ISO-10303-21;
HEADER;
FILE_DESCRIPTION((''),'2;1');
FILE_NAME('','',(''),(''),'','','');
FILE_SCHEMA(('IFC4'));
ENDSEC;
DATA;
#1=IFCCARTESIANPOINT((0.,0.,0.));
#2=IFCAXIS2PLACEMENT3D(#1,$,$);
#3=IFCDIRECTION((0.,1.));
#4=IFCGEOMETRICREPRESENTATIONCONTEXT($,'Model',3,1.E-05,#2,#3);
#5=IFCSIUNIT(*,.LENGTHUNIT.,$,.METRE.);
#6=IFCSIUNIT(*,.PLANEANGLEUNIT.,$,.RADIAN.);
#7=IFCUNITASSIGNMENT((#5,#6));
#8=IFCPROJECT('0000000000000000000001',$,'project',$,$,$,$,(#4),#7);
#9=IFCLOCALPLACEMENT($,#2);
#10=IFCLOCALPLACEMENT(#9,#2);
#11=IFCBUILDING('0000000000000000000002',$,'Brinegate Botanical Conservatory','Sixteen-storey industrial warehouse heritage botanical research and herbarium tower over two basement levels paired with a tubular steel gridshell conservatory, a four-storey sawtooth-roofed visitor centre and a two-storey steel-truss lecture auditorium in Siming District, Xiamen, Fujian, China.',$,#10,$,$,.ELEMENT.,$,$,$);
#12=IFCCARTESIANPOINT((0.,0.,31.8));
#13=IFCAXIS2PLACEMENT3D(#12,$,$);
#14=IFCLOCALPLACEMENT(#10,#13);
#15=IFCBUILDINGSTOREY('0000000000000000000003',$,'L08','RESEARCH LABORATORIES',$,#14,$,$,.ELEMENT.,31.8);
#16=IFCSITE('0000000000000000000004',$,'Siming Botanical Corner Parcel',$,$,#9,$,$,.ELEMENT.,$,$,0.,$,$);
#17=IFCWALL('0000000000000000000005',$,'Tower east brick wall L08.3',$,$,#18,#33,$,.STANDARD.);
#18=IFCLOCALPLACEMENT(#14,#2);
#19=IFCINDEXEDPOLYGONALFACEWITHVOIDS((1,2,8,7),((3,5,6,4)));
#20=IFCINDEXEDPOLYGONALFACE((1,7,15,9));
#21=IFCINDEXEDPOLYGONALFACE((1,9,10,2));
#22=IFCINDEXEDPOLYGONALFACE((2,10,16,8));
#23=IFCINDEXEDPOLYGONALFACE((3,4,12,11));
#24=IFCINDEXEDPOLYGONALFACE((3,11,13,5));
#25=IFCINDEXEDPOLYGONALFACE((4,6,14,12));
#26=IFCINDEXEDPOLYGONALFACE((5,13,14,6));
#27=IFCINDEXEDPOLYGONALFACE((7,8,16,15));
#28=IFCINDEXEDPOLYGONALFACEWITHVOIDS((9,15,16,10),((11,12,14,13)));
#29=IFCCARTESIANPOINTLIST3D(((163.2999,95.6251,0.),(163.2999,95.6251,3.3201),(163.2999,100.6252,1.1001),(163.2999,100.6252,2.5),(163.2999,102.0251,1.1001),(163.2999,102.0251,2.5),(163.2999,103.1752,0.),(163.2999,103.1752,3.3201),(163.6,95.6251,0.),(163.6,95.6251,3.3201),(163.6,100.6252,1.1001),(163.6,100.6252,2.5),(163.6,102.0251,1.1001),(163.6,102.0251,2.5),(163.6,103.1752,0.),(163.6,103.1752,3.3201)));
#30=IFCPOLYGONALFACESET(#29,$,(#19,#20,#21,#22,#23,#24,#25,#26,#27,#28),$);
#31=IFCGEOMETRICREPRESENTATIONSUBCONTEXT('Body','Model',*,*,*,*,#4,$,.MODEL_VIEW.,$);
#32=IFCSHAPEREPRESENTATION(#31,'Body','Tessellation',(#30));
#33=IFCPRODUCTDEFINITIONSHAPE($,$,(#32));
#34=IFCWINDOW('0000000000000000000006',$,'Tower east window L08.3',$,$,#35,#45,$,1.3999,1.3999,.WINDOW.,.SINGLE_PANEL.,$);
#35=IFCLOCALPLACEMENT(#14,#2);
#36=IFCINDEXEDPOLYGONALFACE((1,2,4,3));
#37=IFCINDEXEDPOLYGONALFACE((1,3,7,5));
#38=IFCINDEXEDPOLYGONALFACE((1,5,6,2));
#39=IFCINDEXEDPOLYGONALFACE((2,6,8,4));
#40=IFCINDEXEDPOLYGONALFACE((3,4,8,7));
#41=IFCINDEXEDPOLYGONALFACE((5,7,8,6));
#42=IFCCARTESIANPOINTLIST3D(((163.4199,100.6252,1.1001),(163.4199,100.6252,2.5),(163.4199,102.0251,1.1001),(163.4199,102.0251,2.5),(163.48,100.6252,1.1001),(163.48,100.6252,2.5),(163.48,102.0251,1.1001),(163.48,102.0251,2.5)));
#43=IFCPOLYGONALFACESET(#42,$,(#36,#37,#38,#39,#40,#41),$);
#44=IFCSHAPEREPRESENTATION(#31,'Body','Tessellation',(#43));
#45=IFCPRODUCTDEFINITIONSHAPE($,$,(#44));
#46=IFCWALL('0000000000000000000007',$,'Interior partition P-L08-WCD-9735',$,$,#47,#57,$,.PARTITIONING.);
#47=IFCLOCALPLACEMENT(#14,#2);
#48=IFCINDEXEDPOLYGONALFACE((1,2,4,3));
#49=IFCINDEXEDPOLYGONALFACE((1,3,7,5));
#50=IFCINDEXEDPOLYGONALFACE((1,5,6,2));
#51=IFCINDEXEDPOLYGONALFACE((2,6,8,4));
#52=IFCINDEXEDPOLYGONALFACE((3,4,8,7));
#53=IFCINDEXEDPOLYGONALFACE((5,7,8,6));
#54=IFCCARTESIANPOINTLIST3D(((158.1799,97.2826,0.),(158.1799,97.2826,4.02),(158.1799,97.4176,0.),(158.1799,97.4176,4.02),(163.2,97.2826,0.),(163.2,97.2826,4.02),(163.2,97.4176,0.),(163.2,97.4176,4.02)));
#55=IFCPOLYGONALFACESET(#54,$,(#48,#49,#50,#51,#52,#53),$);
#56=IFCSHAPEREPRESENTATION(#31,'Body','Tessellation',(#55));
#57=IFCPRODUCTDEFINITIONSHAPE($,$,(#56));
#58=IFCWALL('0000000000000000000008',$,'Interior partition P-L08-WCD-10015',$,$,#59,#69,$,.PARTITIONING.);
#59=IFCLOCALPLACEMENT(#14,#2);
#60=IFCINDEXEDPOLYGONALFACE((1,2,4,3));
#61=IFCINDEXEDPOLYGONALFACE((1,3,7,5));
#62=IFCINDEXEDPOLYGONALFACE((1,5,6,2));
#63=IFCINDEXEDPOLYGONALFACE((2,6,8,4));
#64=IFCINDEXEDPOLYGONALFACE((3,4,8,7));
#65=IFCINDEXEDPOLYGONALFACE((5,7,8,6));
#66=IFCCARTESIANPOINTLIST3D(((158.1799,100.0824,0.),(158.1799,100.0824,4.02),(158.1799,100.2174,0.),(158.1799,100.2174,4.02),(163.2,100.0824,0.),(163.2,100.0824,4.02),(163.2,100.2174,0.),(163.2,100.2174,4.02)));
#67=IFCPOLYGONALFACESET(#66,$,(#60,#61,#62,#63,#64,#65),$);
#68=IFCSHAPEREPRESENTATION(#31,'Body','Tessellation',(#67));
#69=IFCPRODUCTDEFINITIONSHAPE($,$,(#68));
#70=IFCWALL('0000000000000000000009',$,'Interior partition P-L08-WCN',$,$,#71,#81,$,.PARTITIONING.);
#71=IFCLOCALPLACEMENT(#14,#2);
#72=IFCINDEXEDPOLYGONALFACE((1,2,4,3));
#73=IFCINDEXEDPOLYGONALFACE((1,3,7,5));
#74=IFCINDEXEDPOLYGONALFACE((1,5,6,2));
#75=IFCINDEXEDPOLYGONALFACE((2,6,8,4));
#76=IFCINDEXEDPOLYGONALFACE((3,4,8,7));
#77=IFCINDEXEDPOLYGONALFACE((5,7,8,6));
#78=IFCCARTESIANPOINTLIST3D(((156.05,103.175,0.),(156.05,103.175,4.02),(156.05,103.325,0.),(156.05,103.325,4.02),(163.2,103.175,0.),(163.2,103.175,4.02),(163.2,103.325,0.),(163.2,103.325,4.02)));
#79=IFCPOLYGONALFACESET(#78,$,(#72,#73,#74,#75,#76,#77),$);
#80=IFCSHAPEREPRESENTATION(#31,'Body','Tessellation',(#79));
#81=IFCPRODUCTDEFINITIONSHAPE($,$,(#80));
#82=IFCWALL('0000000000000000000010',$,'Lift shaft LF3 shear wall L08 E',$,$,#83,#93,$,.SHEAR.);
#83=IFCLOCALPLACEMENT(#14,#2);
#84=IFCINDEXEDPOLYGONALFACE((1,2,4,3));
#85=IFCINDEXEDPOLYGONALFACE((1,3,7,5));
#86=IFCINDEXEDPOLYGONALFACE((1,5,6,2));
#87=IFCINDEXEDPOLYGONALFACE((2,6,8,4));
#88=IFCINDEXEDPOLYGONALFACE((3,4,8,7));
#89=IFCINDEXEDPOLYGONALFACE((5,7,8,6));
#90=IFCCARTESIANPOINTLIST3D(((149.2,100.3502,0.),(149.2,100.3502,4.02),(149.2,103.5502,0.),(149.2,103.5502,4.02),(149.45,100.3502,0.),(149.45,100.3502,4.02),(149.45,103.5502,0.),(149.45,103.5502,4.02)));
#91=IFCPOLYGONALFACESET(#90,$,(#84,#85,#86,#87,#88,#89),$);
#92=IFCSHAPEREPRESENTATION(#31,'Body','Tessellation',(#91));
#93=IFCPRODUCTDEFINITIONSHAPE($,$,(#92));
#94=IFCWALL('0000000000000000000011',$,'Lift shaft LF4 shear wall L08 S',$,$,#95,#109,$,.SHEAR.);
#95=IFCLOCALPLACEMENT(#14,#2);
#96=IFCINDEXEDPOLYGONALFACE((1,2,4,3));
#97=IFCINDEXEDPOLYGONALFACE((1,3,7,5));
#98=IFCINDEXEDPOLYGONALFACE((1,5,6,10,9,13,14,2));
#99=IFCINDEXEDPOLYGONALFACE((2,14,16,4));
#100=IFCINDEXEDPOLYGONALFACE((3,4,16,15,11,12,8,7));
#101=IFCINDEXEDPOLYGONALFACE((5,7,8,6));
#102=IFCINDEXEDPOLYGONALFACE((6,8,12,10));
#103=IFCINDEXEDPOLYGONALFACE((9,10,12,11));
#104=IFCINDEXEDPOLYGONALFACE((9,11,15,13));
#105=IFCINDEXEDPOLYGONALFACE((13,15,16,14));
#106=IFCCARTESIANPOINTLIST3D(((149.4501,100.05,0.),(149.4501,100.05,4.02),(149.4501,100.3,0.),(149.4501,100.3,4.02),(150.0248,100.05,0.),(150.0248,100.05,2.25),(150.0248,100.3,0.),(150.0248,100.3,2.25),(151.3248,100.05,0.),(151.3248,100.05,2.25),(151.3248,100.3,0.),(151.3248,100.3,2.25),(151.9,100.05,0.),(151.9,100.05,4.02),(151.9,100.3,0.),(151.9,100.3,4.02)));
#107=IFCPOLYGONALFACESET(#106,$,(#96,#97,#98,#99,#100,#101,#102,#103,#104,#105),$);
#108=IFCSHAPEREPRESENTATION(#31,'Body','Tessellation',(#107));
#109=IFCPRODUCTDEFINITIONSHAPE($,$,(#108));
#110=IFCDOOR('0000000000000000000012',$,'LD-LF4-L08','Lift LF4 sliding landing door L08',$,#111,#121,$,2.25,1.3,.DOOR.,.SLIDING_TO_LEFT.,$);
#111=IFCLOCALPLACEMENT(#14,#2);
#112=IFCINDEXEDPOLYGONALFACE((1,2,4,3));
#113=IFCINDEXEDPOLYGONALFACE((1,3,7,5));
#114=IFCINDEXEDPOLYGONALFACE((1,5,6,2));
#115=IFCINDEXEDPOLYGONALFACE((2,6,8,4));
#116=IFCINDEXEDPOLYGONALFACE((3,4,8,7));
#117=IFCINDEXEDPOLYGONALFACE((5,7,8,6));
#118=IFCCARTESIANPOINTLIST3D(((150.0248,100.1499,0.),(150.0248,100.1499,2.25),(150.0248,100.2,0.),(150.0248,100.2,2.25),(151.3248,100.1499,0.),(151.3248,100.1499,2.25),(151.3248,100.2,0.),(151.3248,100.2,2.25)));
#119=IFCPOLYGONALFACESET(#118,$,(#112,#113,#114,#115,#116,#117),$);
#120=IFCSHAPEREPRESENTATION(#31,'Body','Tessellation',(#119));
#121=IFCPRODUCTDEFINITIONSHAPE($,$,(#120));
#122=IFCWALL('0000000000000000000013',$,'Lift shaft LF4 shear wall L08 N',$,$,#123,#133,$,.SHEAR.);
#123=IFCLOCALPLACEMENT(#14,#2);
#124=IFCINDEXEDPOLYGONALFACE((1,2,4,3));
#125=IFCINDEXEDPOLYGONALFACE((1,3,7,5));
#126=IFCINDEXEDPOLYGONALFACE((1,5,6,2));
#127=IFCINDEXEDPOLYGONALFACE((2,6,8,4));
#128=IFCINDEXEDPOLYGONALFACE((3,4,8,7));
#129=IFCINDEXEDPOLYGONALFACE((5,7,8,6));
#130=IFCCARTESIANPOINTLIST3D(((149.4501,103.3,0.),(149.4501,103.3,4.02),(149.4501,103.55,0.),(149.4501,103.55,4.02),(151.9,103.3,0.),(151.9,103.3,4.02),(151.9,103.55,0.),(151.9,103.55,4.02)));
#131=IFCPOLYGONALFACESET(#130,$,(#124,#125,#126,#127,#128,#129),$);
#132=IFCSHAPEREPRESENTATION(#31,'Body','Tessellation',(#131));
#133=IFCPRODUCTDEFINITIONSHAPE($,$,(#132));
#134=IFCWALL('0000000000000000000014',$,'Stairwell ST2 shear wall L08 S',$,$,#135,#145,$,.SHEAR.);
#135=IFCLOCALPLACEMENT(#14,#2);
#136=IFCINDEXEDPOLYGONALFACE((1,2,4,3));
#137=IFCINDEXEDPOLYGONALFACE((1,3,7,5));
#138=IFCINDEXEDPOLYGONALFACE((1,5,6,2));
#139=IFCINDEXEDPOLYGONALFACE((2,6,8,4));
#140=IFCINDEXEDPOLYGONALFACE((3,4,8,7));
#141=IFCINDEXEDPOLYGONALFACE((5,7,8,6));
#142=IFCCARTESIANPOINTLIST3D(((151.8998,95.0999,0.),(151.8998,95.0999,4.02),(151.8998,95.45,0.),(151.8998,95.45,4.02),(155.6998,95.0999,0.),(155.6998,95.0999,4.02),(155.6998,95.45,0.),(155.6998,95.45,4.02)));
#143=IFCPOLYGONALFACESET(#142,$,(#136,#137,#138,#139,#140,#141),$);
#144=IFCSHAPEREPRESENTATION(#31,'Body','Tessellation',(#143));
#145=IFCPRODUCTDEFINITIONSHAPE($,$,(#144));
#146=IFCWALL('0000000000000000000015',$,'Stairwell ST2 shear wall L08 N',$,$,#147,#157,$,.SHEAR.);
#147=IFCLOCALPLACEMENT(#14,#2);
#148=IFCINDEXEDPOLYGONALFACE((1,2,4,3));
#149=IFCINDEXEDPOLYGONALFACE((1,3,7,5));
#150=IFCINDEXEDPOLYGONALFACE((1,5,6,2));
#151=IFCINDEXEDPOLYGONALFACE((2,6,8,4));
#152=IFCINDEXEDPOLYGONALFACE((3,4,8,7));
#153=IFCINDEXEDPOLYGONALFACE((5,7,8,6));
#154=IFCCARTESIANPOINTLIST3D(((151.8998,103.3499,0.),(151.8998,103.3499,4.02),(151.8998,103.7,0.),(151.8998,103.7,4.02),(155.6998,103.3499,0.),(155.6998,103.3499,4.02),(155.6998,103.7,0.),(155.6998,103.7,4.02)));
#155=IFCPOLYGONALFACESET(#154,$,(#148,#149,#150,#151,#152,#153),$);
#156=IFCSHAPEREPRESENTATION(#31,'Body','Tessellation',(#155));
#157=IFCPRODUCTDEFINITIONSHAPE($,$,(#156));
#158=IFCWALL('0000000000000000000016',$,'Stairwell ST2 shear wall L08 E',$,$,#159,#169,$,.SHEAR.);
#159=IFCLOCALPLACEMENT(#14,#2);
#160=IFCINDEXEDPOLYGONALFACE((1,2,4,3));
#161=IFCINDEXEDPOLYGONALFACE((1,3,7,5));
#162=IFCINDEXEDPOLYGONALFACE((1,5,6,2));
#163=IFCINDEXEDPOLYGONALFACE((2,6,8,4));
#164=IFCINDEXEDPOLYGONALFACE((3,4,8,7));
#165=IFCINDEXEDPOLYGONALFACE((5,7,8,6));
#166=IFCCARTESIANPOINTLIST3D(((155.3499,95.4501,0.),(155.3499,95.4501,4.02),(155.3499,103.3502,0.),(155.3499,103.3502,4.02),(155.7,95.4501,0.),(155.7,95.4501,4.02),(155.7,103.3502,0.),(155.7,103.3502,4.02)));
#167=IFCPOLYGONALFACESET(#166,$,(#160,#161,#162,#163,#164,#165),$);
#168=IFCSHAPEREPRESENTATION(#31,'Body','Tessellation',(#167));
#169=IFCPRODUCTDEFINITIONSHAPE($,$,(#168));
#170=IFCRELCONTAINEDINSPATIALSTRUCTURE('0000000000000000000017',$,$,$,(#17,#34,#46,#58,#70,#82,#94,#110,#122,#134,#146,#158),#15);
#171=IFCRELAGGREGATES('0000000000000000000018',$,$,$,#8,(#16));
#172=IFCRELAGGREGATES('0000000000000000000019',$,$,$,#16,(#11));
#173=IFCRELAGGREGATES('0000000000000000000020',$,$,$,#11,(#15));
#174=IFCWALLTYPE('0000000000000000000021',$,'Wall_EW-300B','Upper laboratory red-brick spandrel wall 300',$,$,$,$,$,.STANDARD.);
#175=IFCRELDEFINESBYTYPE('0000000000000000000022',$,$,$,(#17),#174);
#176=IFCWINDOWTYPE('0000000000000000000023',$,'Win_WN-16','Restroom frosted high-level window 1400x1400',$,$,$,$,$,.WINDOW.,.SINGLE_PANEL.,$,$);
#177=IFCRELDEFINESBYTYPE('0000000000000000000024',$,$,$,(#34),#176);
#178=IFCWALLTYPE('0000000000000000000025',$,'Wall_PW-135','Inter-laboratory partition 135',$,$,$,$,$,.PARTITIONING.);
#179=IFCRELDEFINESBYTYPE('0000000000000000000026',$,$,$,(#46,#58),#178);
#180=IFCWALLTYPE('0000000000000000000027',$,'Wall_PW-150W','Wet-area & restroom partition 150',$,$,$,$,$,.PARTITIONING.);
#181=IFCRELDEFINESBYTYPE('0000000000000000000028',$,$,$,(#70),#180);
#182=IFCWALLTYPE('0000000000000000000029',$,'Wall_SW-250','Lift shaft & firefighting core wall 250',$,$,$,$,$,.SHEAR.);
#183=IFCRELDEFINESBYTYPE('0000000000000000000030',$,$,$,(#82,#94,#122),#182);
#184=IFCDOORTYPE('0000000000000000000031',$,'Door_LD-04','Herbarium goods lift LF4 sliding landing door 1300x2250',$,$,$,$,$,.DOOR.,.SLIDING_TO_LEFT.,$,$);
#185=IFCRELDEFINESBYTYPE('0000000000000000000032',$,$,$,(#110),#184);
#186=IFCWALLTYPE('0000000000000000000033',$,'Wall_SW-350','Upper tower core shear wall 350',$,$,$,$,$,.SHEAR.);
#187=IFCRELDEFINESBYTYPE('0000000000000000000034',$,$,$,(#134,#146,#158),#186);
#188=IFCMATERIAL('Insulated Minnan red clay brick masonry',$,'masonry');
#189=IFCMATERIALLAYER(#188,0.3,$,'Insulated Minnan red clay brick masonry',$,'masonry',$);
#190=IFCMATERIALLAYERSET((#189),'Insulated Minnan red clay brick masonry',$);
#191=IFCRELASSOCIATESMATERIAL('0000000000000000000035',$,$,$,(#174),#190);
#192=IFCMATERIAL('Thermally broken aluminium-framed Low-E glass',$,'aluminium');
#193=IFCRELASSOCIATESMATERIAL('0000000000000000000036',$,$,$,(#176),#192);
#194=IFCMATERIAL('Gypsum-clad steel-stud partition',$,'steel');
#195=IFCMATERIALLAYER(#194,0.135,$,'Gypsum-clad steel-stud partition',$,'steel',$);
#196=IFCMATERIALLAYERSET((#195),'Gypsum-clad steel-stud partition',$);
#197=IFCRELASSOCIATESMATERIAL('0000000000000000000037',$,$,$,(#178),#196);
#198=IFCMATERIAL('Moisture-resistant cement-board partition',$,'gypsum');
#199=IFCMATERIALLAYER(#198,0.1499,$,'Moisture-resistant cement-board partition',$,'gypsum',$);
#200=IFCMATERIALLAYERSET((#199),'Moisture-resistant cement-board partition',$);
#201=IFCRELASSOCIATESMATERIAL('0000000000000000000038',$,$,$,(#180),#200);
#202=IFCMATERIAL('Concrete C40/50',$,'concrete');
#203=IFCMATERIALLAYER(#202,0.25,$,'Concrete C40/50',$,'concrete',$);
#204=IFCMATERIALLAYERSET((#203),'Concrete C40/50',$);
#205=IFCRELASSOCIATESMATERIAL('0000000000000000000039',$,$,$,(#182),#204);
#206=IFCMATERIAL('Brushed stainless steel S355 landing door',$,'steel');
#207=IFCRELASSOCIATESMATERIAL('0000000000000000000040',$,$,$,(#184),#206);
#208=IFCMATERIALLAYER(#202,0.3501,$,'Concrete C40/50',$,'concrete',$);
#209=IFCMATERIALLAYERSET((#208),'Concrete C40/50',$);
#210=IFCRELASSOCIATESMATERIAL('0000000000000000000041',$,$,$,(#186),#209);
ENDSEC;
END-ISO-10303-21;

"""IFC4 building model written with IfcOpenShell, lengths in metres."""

from ifc_helpers import new_model, si_unit, direction, frame, frame_2d, origin, place, context, subcontext, project, spatial, rectangle, extrude, material, layer, layer_set, type_object, element, fill, save


model = new_model("IFC4")

# Units and contexts
model_context = context("Model", 3, precision=1e-05, world=origin(), true_north=direction((0.0, 1.0)))
body_context = subcontext(model_context, "Body", "Model", "MODEL_VIEW")
ifc_project = project(units=[si_unit("LENGTHUNIT", "METRE"), si_unit("PLANEANGLEUNIT", "RADIAN")], contexts=[model_context])

# Site, building, storey
site_placement = place(None, origin())
site = spatial("IfcSite", under=ifc_project, at=site_placement, Name="Siming Botanical Corner Parcel", CompositionType="ELEMENT", RefElevation=0.0)
building_placement = place(site_placement, origin())
building = spatial("IfcBuilding", under=site, at=building_placement, Name="Brinegate Botanical Conservatory", Description="Sixteen-storey industrial warehouse heritage botanical research and herbarium tower over two basement levels paired with a tubular steel gridshell conservatory, a four-storey sawtooth-roofed visitor centre and a two-storey steel-truss lecture auditorium in Siming District, Xiamen, Fujian, China.", CompositionType="ELEMENT")
storey_placement = place(building_placement, frame((0.0, 0.0, 31.8)))
storey = spatial("IfcBuildingStorey", under=building, at=storey_placement, Name="L08", Description="RESEARCH LABORATORIES", CompositionType="ELEMENT", Elevation=31.8)

# Shared definitions
ifc_material_1 = material(Name="Concrete C40/50", Category="concrete")

# Wall, opening, window
ifc_material_2 = material(Name="Insulated Minnan red clay brick masonry", Category="masonry")
ifc_layer_1 = layer(ifc_material_2, 0.3, Name="Insulated Minnan red clay brick masonry", Category="masonry")
ifc_layer_set_1 = layer_set([ifc_layer_1], Name="Insulated Minnan red clay brick masonry")
wall_type_1 = type_object("IfcWallType", Name="Wall_EW-300B", Description="Upper laboratory red-brick spandrel wall 300", PredefinedType="STANDARD", material=ifc_layer_set_1)
wall_1_placement = place(storey_placement, frame((163.45, 103.175, 0.0), z_axis=(0.0, 0.0, 1.0), x_axis=(0.0, -1.0, 0.0)))
wall_1 = element("IfcWall", 1, at=wall_1_placement, inside=storey, type_object=wall_type_1, Name="Tower east brick wall L08.3", PredefinedType="STANDARD", context=body_context, shape_type="SweptSolid", body=[
    extrude(rectangle(XDim=7.55, YDim=0.3, at=frame_2d((3.7749, 0.0))), origin(), (0.0, 0.0, 1.0), 3.3201),
])
opening_1_placement = place(wall_1_placement, frame((1.1499, 0.0, 1.1001)))
opening_1 = element("IfcOpeningElement", 2, at=opening_1_placement, cuts=wall_1, PredefinedType="OPENING", context=body_context, shape_type="SweptSolid", body=[
    extrude(rectangle(XDim=1.3999, YDim=1.3999, at=frame_2d((0.7, 0.7))), frame((0.0, 0.1599, 0.0), z_axis=(0.0, -1.0, 0.0), x_axis=(1.0, 0.0, 0.0)), (0.0, 0.0, 1.0), 0.3201),
])
ifc_material_3 = material(Name="Thermally broken aluminium-framed Low-E glass", Category="aluminium")
window_type = type_object("IfcWindowType", Name="Win_WN-16", Description="Restroom frosted high-level window 1400x1400", PartitioningType="SINGLE_PANEL", PredefinedType="WINDOW", material=ifc_material_3)
window_placement = place(opening_1_placement, origin())
window = element("IfcWindow", 3, at=window_placement, inside=storey, type_object=window_type, Name="Tower east window L08.3", OverallHeight=1.3999, OverallWidth=1.3999, PartitioningType="SINGLE_PANEL", PredefinedType="WINDOW", context=body_context, shape_type="SweptSolid", body=[
    extrude(rectangle(XDim=1.3999, YDim=1.3999, at=frame_2d((0.7, 0.7))), frame((0.0, 0.03, 0.0), z_axis=(0.0, -1.0, 0.0), x_axis=(1.0, 0.0, 0.0)), (0.0, 0.0, 1.0), 0.0601),
])
fill(opening_1, window)

# Walls
ifc_material_4 = material(Name="Gypsum-clad steel-stud partition", Category="steel")
ifc_layer_2 = layer(ifc_material_4, 0.135, Name="Gypsum-clad steel-stud partition", Category="steel")
ifc_layer_set_2 = layer_set([ifc_layer_2], Name="Gypsum-clad steel-stud partition")
wall_type_2 = type_object("IfcWallType", Name="Wall_PW-135", Description="Inter-laboratory partition 135", PredefinedType="PARTITIONING", material=ifc_layer_set_2)
for number, where, z_axis, x_axis, name in (
    (4, (158.1799, 97.3501, 0.0), (0.0, 0.0, 1.0), (1.0, 0.0, 0.0), "Interior partition P-L08-WCD-9735"),
    (5, (158.1799, 100.1499, 0.0), (0.0, 0.0, 1.0), (1.0, 0.0, 0.0), "Interior partition P-L08-WCD-10015"),
):
    element("IfcWall", number, at=place(storey_placement, frame(where, z_axis=z_axis, x_axis=x_axis)), inside=storey, type_object=wall_type_2, Name=name, PredefinedType="PARTITIONING", context=body_context, shape_type="SweptSolid", body=[
        extrude(rectangle(XDim=5.02, YDim=0.135, at=frame_2d((2.51, 0.0))), origin(), (0.0, 0.0, 1.0), 4.02),
    ])
ifc_material_5 = material(Name="Moisture-resistant cement-board partition", Category="gypsum")
ifc_layer_3 = layer(ifc_material_5, 0.1499, Name="Moisture-resistant cement-board partition", Category="gypsum")
ifc_layer_set_3 = layer_set([ifc_layer_3], Name="Moisture-resistant cement-board partition")
wall_type_3 = type_object("IfcWallType", Name="Wall_PW-150W", Description="Wet-area & restroom partition 150", PredefinedType="PARTITIONING", material=ifc_layer_set_3)
wall_2_placement = place(storey_placement, frame((156.05, 103.25, 0.0), z_axis=(0.0, 0.0, 1.0), x_axis=(1.0, 0.0, 0.0)))
element("IfcWall", 6, at=wall_2_placement, inside=storey, type_object=wall_type_3, Name="Interior partition P-L08-WCN", PredefinedType="PARTITIONING", context=body_context, shape_type="SweptSolid", body=[
    extrude(rectangle(XDim=7.1499, YDim=0.1499, at=frame_2d((3.575, 0.0))), origin(), (0.0, 0.0, 1.0), 4.02),
])
ifc_layer_4 = layer(ifc_material_1, 0.25, Name="Concrete C40/50", Category="concrete")
ifc_layer_set_4 = layer_set([ifc_layer_4], Name="Concrete C40/50")
wall_type_4 = type_object("IfcWallType", Name="Wall_SW-250", Description="Lift shaft & firefighting core wall 250", PredefinedType="SHEAR", material=ifc_layer_set_4)
wall_3_placement = place(storey_placement, frame((149.325, 100.3501, 0.0), z_axis=(0.0, 0.0, 1.0), x_axis=(0.0, 1.0, 0.0)))
element("IfcWall", 7, at=wall_3_placement, inside=storey, type_object=wall_type_4, Name="Lift shaft LF3 shear wall L08 E", PredefinedType="SHEAR", context=body_context, shape_type="SweptSolid", body=[
    extrude(rectangle(XDim=3.2, YDim=0.25, at=frame_2d((1.6001, 0.0))), origin(), (0.0, 0.0, 1.0), 4.02),
])

# Wall, opening, door
wall_4_placement = place(storey_placement, frame((149.45, 100.175, 0.0), z_axis=(0.0, 0.0, 1.0), x_axis=(1.0, 0.0, 0.0)))
wall_4 = element("IfcWall", 8, at=wall_4_placement, inside=storey, type_object=wall_type_4, Name="Lift shaft LF4 shear wall L08 S", PredefinedType="SHEAR", context=body_context, shape_type="SweptSolid", body=[
    extrude(rectangle(XDim=2.45, YDim=0.25, at=frame_2d((1.2251, 0.0))), origin(), (0.0, 0.0, 1.0), 4.02),
])
opening_2_placement = place(wall_4_placement, frame((0.575, 0.0, 0.0)))
opening_2 = element("IfcOpeningElement", 9, at=opening_2_placement, cuts=wall_4, PredefinedType="OPENING", context=body_context, shape_type="SweptSolid", body=[
    extrude(rectangle(XDim=1.3, YDim=2.25, at=frame_2d((0.6499, 1.125))), frame((0.0, 0.135, 0.0), z_axis=(0.0, -1.0, 0.0), x_axis=(1.0, 0.0, 0.0)), (0.0, 0.0, 1.0), 0.27),
])
ifc_material_6 = material(Name="Brushed stainless steel S355 landing door", Category="steel")
door_type_1 = type_object("IfcDoorType", Name="Door_LD-04", Description="Herbarium goods lift LF4 sliding landing door 1300x2250", OperationType="SLIDING_TO_LEFT", PredefinedType="DOOR", material=ifc_material_6)
door_1_placement = place(opening_2_placement, origin())
door_1 = element("IfcDoor", 10, at=door_1_placement, inside=storey, type_object=door_type_1, Name="LD-LF4-L08", Description="Lift LF4 sliding landing door L08", OperationType="SLIDING_TO_LEFT", OverallHeight=2.25, OverallWidth=1.3, PredefinedType="DOOR", context=body_context, shape_type="SweptSolid", body=[
    extrude(rectangle(XDim=1.3, YDim=2.25, at=frame_2d((0.6499, 1.125))), frame((0.0, 0.0249, 0.0), z_axis=(0.0, -1.0, 0.0), x_axis=(1.0, 0.0, 0.0)), (0.0, 0.0, 1.0), 0.05),
])
fill(opening_2, door_1)

# Walls
wall_5_placement = place(storey_placement, frame((149.45, 103.425, 0.0), z_axis=(0.0, 0.0, 1.0), x_axis=(1.0, 0.0, 0.0)))
element("IfcWall", 11, at=wall_5_placement, inside=storey, type_object=wall_type_4, Name="Lift shaft LF4 shear wall L08 N", PredefinedType="SHEAR", context=body_context, shape_type="SweptSolid", body=[
    extrude(rectangle(XDim=2.45, YDim=0.25, at=frame_2d((1.2251, 0.0))), origin(), (0.0, 0.0, 1.0), 4.02),
])
ifc_layer_5 = layer(ifc_material_1, 0.3501, Name="Concrete C40/50", Category="concrete")
ifc_layer_set_5 = layer_set([ifc_layer_5], Name="Concrete C40/50")
wall_type_5 = type_object("IfcWallType", Name="Wall_SW-350", Description="Upper tower core shear wall 350", PredefinedType="SHEAR", material=ifc_layer_set_5)
for number, where, z_axis, x_axis, name in (
    (12, (151.8999, 95.2749, 0.0), (0.0, 0.0, 1.0), (1.0, 0.0, 0.0), "Stairwell ST2 shear wall L08 S"),
    (13, (151.8999, 103.5249, 0.0), (0.0, 0.0, 1.0), (1.0, 0.0, 0.0), "Stairwell ST2 shear wall L08 N"),
):
    element("IfcWall", number, at=place(storey_placement, frame(where, z_axis=z_axis, x_axis=x_axis)), inside=storey, type_object=wall_type_5, Name=name, PredefinedType="SHEAR", context=body_context, shape_type="SweptSolid", body=[
        extrude(rectangle(XDim=3.8, YDim=0.3501, at=frame_2d((1.8999, 0.0))), origin(), (0.0, 0.0, 1.0), 4.02),
    ])

# Wall
wall_6_placement = place(storey_placement, frame((155.5249, 95.45, 0.0), z_axis=(0.0, 0.0, 1.0), x_axis=(0.0, 1.0, 0.0)))
element("IfcWall", 14, at=wall_6_placement, inside=storey, type_object=wall_type_5, Name="Stairwell ST2 shear wall L08 E", PredefinedType="SHEAR", context=body_context, shape_type="SweptSolid", body=[
    extrude(rectangle(XDim=7.9001, YDim=0.3501, at=frame_2d((3.9502, 0.0))), origin(), (0.0, 0.0, 1.0), 4.02),
])

save(model, "model.ifc")
